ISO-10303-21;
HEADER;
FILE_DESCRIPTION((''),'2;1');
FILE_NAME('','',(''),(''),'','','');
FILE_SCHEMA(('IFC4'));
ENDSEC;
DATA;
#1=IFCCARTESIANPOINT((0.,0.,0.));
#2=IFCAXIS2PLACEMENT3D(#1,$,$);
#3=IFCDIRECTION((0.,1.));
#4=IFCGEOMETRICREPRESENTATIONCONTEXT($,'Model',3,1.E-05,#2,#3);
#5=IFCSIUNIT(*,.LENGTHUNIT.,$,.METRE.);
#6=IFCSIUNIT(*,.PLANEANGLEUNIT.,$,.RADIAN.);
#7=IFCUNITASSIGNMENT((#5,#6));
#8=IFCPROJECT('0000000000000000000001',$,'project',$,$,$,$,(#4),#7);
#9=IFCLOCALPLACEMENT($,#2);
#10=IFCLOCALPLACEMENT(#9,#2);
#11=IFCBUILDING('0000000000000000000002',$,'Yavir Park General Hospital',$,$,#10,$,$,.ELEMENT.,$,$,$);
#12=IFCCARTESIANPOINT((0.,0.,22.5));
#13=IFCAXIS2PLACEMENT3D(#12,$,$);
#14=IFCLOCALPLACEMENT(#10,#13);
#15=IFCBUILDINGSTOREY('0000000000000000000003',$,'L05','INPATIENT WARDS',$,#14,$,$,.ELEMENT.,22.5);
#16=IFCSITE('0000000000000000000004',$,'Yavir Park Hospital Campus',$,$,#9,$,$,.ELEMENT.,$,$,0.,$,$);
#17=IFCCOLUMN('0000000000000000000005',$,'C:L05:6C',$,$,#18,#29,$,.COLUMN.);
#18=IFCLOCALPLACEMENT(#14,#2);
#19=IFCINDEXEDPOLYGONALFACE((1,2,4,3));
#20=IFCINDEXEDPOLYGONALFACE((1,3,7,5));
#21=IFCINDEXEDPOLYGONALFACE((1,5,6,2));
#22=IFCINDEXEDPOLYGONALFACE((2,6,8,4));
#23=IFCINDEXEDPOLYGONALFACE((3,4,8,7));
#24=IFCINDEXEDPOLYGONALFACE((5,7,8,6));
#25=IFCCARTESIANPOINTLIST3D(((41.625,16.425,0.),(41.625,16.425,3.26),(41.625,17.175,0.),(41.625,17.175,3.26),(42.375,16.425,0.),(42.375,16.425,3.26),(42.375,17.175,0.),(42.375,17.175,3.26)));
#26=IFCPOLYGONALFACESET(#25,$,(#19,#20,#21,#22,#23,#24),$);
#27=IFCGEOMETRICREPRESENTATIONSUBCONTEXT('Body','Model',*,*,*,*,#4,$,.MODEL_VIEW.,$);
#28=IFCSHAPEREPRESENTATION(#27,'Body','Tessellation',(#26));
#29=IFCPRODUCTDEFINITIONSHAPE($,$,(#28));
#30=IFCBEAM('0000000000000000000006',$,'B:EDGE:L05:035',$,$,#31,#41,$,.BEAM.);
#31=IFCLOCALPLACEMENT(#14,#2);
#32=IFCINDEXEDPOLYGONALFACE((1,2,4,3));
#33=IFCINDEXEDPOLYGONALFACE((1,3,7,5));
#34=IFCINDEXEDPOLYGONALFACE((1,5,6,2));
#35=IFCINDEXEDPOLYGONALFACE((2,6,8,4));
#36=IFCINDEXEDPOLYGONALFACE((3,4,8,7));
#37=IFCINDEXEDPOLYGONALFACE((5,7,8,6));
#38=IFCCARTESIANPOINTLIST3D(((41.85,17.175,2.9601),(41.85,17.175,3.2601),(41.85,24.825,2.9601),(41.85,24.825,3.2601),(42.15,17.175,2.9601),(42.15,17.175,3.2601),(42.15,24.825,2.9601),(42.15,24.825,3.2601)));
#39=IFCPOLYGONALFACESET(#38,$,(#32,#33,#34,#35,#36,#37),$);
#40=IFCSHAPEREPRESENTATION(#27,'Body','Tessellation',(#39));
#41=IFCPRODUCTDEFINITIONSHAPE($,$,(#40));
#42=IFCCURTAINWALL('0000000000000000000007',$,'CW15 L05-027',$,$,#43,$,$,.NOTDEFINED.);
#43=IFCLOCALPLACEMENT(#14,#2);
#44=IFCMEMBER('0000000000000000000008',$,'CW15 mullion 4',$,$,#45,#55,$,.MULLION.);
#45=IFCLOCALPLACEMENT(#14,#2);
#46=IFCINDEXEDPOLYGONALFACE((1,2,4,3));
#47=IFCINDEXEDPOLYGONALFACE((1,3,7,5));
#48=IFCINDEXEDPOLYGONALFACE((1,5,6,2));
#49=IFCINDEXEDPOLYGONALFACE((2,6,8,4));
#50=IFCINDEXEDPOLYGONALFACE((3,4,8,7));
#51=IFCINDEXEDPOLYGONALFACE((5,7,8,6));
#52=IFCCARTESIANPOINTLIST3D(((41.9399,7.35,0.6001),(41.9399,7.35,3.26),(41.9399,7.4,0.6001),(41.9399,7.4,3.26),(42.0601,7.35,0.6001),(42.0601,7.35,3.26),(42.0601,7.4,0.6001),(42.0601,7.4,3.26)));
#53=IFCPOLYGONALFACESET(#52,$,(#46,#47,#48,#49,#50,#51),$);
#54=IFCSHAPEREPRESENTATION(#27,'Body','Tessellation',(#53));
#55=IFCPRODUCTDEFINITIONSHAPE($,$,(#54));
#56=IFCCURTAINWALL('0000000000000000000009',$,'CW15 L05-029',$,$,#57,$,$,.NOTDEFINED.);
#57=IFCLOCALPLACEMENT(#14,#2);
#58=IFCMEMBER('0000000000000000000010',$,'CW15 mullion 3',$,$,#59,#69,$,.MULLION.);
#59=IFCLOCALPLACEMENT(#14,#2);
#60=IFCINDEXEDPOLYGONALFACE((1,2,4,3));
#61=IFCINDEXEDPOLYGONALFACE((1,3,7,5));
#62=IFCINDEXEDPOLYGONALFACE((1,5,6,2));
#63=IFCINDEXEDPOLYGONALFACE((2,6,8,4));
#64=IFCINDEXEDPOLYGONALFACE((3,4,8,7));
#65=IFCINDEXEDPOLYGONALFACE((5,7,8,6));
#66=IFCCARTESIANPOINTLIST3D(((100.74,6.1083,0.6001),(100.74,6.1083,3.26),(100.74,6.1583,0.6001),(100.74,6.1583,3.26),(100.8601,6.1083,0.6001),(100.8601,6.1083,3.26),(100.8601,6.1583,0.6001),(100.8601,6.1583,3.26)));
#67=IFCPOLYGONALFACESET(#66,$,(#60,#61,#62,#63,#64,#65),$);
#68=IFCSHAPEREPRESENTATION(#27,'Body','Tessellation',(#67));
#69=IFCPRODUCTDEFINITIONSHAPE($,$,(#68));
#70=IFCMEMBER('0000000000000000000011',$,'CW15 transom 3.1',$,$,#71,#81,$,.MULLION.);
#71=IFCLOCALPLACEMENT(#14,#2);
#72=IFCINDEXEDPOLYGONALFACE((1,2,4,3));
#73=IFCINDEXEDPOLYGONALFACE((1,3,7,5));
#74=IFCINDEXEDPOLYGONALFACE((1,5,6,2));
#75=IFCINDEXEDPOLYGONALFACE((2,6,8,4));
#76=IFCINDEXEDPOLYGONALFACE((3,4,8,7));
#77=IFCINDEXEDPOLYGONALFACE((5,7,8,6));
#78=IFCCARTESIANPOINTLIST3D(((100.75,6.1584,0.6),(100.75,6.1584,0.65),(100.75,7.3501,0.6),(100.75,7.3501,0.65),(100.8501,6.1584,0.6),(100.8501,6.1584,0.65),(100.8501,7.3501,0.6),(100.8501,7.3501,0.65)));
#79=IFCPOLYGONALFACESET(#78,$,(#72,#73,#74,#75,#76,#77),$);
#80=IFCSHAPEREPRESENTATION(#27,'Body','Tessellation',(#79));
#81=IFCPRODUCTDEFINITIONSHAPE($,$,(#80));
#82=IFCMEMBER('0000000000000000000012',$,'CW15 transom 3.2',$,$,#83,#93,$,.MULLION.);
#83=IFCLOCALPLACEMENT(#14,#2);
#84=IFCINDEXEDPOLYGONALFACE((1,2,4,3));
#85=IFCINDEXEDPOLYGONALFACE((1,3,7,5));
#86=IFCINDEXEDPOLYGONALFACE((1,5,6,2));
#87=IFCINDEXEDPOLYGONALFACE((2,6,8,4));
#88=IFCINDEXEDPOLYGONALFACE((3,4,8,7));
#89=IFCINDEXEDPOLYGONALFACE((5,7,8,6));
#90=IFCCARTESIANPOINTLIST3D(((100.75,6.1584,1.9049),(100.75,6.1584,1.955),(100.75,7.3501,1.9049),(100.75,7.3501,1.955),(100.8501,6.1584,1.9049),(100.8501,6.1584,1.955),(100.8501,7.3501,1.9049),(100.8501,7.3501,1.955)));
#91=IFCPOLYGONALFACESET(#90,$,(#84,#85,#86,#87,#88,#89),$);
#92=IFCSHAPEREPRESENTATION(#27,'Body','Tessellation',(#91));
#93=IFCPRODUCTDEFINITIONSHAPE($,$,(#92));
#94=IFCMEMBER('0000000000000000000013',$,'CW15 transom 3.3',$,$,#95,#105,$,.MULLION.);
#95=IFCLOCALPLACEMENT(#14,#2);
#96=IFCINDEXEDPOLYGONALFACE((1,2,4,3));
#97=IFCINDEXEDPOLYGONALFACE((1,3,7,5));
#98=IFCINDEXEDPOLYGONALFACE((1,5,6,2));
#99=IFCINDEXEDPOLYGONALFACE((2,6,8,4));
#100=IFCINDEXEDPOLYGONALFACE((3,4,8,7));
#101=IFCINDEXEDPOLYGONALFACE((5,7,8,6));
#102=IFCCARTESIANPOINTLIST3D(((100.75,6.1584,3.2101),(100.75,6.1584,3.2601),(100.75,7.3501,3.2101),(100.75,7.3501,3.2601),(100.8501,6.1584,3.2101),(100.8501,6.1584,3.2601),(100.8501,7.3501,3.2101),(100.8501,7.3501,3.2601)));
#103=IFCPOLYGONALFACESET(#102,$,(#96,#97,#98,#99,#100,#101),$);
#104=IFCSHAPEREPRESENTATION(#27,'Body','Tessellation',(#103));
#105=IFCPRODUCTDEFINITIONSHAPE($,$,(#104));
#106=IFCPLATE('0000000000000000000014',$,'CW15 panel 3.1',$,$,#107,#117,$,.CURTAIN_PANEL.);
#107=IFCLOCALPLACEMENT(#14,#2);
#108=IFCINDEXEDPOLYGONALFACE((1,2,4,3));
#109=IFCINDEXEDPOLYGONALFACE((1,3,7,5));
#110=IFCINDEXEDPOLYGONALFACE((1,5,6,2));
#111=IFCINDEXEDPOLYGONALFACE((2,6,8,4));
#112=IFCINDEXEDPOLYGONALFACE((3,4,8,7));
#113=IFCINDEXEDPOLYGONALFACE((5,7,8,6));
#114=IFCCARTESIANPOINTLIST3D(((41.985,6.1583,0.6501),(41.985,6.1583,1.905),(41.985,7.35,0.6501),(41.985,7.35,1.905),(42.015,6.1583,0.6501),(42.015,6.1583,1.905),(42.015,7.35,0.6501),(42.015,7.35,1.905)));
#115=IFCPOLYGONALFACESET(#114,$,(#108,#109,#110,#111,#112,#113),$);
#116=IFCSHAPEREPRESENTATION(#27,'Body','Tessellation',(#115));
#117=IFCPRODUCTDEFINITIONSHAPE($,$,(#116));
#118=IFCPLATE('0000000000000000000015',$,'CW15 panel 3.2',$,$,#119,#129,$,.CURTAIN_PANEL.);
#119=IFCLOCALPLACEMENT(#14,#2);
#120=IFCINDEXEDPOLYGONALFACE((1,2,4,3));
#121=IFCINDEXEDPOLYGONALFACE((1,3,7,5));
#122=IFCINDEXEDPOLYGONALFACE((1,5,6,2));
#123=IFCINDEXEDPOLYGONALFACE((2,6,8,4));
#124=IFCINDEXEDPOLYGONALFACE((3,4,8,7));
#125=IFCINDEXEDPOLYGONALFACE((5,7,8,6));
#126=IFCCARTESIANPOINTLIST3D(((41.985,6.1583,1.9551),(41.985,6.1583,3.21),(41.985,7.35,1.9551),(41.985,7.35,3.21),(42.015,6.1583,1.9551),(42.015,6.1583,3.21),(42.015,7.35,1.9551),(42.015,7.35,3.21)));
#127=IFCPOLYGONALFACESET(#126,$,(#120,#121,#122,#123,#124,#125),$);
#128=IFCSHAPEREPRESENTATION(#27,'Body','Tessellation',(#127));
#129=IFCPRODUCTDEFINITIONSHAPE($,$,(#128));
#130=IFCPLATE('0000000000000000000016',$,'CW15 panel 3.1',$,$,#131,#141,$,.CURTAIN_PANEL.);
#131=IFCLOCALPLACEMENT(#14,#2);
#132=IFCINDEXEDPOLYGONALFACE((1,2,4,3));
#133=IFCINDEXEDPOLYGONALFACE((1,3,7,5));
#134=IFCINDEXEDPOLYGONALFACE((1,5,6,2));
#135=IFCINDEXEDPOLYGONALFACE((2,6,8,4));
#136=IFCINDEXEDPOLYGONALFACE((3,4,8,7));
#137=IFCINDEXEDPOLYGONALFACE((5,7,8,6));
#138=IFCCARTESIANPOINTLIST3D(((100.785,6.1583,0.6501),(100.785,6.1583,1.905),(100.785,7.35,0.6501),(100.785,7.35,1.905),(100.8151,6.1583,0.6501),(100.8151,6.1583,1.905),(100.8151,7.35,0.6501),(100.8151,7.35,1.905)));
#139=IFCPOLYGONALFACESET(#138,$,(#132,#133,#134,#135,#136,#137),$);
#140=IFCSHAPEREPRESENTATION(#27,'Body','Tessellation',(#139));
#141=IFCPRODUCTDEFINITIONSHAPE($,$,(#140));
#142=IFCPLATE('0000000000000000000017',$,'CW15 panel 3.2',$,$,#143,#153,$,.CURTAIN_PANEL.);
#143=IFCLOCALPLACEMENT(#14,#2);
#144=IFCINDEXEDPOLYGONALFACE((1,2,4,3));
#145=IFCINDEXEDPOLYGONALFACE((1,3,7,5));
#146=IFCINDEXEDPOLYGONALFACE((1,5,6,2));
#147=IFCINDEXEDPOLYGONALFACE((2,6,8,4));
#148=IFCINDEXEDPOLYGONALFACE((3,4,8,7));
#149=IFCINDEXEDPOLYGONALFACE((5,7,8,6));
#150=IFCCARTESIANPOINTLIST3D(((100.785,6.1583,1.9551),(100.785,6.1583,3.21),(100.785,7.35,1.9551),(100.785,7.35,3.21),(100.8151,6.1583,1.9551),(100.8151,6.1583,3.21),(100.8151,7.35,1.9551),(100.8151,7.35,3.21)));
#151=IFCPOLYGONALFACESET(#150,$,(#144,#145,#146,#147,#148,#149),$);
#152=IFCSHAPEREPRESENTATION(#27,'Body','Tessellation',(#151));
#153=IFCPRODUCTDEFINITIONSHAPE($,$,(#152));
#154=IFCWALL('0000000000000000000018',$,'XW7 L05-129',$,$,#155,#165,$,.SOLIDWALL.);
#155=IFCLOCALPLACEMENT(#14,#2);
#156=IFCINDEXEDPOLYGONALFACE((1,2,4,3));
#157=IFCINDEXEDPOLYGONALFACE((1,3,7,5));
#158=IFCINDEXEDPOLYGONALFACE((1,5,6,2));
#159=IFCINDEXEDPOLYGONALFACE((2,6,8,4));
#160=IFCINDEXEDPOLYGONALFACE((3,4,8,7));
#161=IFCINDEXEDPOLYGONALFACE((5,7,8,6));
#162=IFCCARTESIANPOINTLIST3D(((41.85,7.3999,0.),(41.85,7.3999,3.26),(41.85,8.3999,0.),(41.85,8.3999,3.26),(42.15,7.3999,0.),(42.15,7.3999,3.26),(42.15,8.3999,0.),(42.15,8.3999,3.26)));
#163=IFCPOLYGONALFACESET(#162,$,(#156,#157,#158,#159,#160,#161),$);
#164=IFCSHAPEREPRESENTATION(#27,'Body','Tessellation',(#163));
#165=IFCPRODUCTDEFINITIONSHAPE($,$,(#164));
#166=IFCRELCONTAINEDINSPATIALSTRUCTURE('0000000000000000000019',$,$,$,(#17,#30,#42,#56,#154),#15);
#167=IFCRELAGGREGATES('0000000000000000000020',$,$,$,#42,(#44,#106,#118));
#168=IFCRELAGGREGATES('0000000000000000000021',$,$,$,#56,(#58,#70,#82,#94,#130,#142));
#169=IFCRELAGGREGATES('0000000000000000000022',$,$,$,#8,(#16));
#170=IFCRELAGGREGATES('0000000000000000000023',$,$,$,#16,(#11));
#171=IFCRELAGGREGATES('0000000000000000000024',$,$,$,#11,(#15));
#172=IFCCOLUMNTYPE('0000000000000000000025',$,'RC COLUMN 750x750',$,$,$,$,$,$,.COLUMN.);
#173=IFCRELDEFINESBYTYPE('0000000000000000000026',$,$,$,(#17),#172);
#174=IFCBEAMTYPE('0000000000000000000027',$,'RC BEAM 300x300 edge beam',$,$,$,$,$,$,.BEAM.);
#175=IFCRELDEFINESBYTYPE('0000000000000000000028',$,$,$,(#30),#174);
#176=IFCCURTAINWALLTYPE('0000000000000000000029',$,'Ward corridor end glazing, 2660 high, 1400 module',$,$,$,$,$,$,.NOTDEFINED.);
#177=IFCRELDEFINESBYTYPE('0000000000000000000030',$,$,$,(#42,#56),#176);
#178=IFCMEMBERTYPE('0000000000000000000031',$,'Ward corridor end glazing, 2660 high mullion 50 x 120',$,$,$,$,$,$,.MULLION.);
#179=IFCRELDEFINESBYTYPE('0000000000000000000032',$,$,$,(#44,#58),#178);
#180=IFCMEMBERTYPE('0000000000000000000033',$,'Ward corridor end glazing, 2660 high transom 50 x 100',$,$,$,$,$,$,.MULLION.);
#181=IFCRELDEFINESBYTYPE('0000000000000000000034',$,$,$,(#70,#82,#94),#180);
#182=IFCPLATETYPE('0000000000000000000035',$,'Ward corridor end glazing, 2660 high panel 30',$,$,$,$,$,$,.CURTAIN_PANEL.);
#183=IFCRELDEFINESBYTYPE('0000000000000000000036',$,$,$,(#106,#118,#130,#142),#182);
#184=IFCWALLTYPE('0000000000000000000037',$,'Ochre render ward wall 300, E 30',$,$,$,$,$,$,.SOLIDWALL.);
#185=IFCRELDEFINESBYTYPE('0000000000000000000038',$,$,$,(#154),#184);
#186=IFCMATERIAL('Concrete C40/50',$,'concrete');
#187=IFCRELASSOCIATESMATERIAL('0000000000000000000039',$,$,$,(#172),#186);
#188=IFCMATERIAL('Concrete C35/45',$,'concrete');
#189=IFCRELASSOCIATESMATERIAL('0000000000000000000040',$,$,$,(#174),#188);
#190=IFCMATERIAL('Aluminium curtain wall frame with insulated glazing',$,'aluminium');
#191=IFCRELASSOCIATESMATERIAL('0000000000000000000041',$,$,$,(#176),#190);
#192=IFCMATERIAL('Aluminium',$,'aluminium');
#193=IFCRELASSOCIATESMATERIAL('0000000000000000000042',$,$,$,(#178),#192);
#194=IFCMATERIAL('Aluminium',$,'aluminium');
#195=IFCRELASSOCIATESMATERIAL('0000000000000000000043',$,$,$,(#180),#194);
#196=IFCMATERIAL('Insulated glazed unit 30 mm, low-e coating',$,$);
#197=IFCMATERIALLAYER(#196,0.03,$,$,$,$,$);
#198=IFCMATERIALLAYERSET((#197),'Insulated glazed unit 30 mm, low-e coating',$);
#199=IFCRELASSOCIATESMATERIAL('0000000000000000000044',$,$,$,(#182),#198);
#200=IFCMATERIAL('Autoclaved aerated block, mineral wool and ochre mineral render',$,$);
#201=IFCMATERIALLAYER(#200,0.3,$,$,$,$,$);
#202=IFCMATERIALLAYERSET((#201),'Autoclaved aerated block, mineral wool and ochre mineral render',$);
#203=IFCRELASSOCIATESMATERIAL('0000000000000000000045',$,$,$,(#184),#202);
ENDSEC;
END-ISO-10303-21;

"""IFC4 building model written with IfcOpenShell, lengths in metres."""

from ifc_helpers import new_model, si_unit, direction, frame, frame_2d, origin, origin_2d, place, context, subcontext, project, spatial, rectangle, extrude, material, layer, layer_set, material_profile, profile_set, type_object, element, aggregate, save


model = new_model("IFC4")

# Units and contexts
model_context = context("Model", 3, precision=1e-05, world=origin(), true_north=direction((0.0, 1.0)))
body_context = subcontext(model_context, "Body", "Model", "MODEL_VIEW")
ifc_project = project(units=[si_unit("LENGTHUNIT", "METRE"), si_unit("PLANEANGLEUNIT", "RADIAN")], contexts=[model_context])

# Site, building, storey
site_placement = place(None, origin())
site = spatial("IfcSite", under=ifc_project, at=site_placement, Name="Yavir Park Hospital Campus", CompositionType="ELEMENT", RefElevation=0.0)
building_placement = place(site_placement, origin())
building = spatial("IfcBuilding", under=site, at=building_placement, Name="Yavir Park General Hospital", CompositionType="ELEMENT")
storey_placement = place(building_placement, frame((0.0, 0.0, 22.5)))
storey = spatial("IfcBuildingStorey", under=building, at=storey_placement, Name="L05", Description="INPATIENT WARDS", CompositionType="ELEMENT", Elevation=22.5)

# Column
ifc_material_1 = material(Name="Concrete C40/50", Category="concrete")
ifc_material_profile_1 = material_profile(ifc_material_1, rectangle(XDim=0.75, YDim=0.75, at=origin_2d()), Name="RC750x750")
ifc_profile_set_1 = profile_set([ifc_material_profile_1], Name="Concrete C40/50")
column_type = type_object("IfcColumnType", Name="RC COLUMN 750x750", PredefinedType="COLUMN", material=ifc_profile_set_1)
column_placement = place(storey_placement, frame((42.0, 16.8, 0.0), z_axis=(0.0, 0.0, 1.0), x_axis=(1.0, 0.0, 0.0)))
element("IfcColumn", 1, at=column_placement, inside=storey, type_object=column_type, Name="C:L05:6C", PredefinedType="COLUMN", context=body_context, shape_type="SweptSolid", body=[
    extrude(rectangle(XDim=0.75, YDim=0.75, at=origin_2d()), origin(), (0.0, 0.0, 1.0), 3.26),
])

# Beam
ifc_material_2 = material(Name="Concrete C35/45", Category="concrete")
ifc_material_profile_2 = material_profile(ifc_material_2, rectangle(XDim=0.3, YDim=0.3, at=origin_2d()), Name="RC300x300")
ifc_profile_set_2 = profile_set([ifc_material_profile_2], Name="Concrete C35/45")
beam_type = type_object("IfcBeamType", Name="RC BEAM 300x300 edge beam", PredefinedType="BEAM", material=ifc_profile_set_2)
beam_placement = place(storey_placement, frame((42.0, 17.175, 3.1101), z_axis=(0.0, 1.0, 0.0), x_axis=(-1.0, 0.0, 0.0)))
element("IfcBeam", 2, at=beam_placement, inside=storey, type_object=beam_type, Name="B:EDGE:L05:035", PredefinedType="BEAM", context=body_context, shape_type="SweptSolid", body=[
    extrude(rectangle(XDim=0.3, YDim=0.3, at=origin_2d()), origin(), (0.0, 0.0, 1.0), 7.6499),
])

# Curtain wall, member
ifc_material_3 = material(Name="Aluminium curtain wall frame with insulated glazing", Category="aluminium")
curtain_wall_type = type_object("IfcCurtainWallType", Name="Ward corridor end glazing, 2660 high, 1400 module", PredefinedType="NOTDEFINED", material=ifc_material_3)
curtain_wall_1_placement = place(storey_placement, origin())
curtain_wall_1 = element("IfcCurtainWall", 3, at=curtain_wall_1_placement, inside=storey, type_object=curtain_wall_type, Name="CW15 L05-027", PredefinedType="NOTDEFINED")
ifc_material_4 = material(Name="Aluminium", Category="aluminium")
ifc_material_profile_3 = material_profile(ifc_material_4, rectangle(XDim=0.1201, YDim=0.05, at=origin_2d()), Name="AL 50x120")
ifc_profile_set_3 = profile_set([ifc_material_profile_3], Name="Aluminium")
member_type_1 = type_object("IfcMemberType", Name="Ward corridor end glazing, 2660 high mullion 50 x 120", PredefinedType="MULLION", material=ifc_profile_set_3)
member_1_placement = place(storey_placement, frame((42.0, 7.375, 0.6001), z_axis=(0.0, 0.0, 1.0), x_axis=(-1.0, 0.0, 0.0)))
member_1 = element("IfcMember", 4, at=member_1_placement, type_object=member_type_1, Name="CW15 mullion 4", PredefinedType="MULLION", context=body_context, shape_type="SweptSolid", body=[
    extrude(rectangle(XDim=0.1201, YDim=0.05, at=origin_2d()), origin(), (0.0, 0.0, 1.0), 2.6599),
])

# Curtain wall, members
curtain_wall_2_placement = place(storey_placement, origin())
curtain_wall_2 = element("IfcCurtainWall", 5, at=curtain_wall_2_placement, inside=storey, type_object=curtain_wall_type, Name="CW15 L05-029", PredefinedType="NOTDEFINED")
member_2_placement = place(storey_placement, frame((100.8, 6.1333, 0.6001), z_axis=(0.0, 0.0, 1.0), x_axis=(-1.0, 0.0, 0.0)))
member_2 = element("IfcMember", 6, at=member_2_placement, type_object=member_type_1, Name="CW15 mullion 3", PredefinedType="MULLION", context=body_context, shape_type="SweptSolid", body=[
    extrude(rectangle(XDim=0.1201, YDim=0.05, at=origin_2d()), origin(), (0.0, 0.0, 1.0), 2.6599),
])
ifc_material_5 = material(Name="Aluminium", Category="aluminium")
ifc_material_profile_4 = material_profile(ifc_material_5, rectangle(XDim=0.1001, YDim=0.05, at=origin_2d()), Name="AL 100x50")
ifc_profile_set_4 = profile_set([ifc_material_profile_4], Name="Aluminium")
member_type_2 = type_object("IfcMemberType", Name="Ward corridor end glazing, 2660 high transom 50 x 100", PredefinedType="MULLION", material=ifc_profile_set_4)
member_3_placement = place(storey_placement, frame((100.8, 6.1584, 0.625), z_axis=(0.0, 1.0, 0.0), x_axis=(-1.0, 0.0, 0.0)))
member_3 = element("IfcMember", 7, at=member_3_placement, type_object=member_type_2, Name="CW15 transom 3.1", PredefinedType="MULLION", context=body_context, shape_type="SweptSolid", body=[
    extrude(rectangle(XDim=0.1001, YDim=0.05, at=origin_2d()), origin(), (0.0, 0.0, 1.0), 1.1917),
])
member_4_placement = place(storey_placement, frame((100.8, 6.1584, 1.9299), z_axis=(0.0, 1.0, 0.0), x_axis=(-1.0, 0.0, 0.0)))
member_4 = element("IfcMember", 8, at=member_4_placement, type_object=member_type_2, Name="CW15 transom 3.2", PredefinedType="MULLION", context=body_context, shape_type="SweptSolid", body=[
    extrude(rectangle(XDim=0.1001, YDim=0.05, at=origin_2d()), origin(), (0.0, 0.0, 1.0), 1.1917),
])
member_5_placement = place(storey_placement, frame((100.8, 6.1584, 3.2351), z_axis=(0.0, 1.0, 0.0), x_axis=(-1.0, 0.0, 0.0)))
member_5 = element("IfcMember", 9, at=member_5_placement, type_object=member_type_2, Name="CW15 transom 3.3", PredefinedType="MULLION", context=body_context, shape_type="SweptSolid", body=[
    extrude(rectangle(XDim=0.1001, YDim=0.05, at=origin_2d()), origin(), (0.0, 0.0, 1.0), 1.1917),
])

# Plates
ifc_material_6 = material(Name="Insulated glazed unit 30 mm, low-e coating")
ifc_layer_1 = layer(ifc_material_6, 0.03)
ifc_layer_set_1 = layer_set([ifc_layer_1], Name="Insulated glazed unit 30 mm, low-e coating")
plate_type = type_object("IfcPlateType", Name="Ward corridor end glazing, 2660 high panel 30", PredefinedType="CURTAIN_PANEL", material=ifc_layer_set_1)
plate_1_placement = place(storey_placement, frame((42.0, 6.7542, 0.6501), z_axis=(0.0, 0.0, 1.0), x_axis=(0.0, 1.0, 0.0)))
plate_1 = element("IfcPlate", 10, at=plate_1_placement, type_object=plate_type, Name="CW15 panel 3.1", PredefinedType="CURTAIN_PANEL", context=body_context, shape_type="SweptSolid", body=[
    extrude(rectangle(XDim=1.1917, YDim=0.03, at=origin_2d()), origin(), (0.0, 0.0, 1.0), 1.2549),
])
plate_2_placement = place(storey_placement, frame((42.0, 6.7542, 1.9551), z_axis=(0.0, 0.0, 1.0), x_axis=(0.0, 1.0, 0.0)))
plate_2 = element("IfcPlate", 11, at=plate_2_placement, type_object=plate_type, Name="CW15 panel 3.2", PredefinedType="CURTAIN_PANEL", context=body_context, shape_type="SweptSolid", body=[
    extrude(rectangle(XDim=1.1917, YDim=0.03, at=origin_2d()), origin(), (0.0, 0.0, 1.0), 1.2549),
])
aggregate(curtain_wall_1, [member_1, plate_1, plate_2])
plate_3_placement = place(storey_placement, frame((100.8, 6.7542, 0.6501), z_axis=(0.0, 0.0, 1.0), x_axis=(0.0, 1.0, 0.0)))
plate_3 = element("IfcPlate", 12, at=plate_3_placement, type_object=plate_type, Name="CW15 panel 3.1", PredefinedType="CURTAIN_PANEL", context=body_context, shape_type="SweptSolid", body=[
    extrude(rectangle(XDim=1.1917, YDim=0.03, at=origin_2d()), origin(), (0.0, 0.0, 1.0), 1.2549),
])
plate_4_placement = place(storey_placement, frame((100.8, 6.7542, 1.9551), z_axis=(0.0, 0.0, 1.0), x_axis=(0.0, 1.0, 0.0)))
plate_4 = element("IfcPlate", 13, at=plate_4_placement, type_object=plate_type, Name="CW15 panel 3.2", PredefinedType="CURTAIN_PANEL", context=body_context, shape_type="SweptSolid", body=[
    extrude(rectangle(XDim=1.1917, YDim=0.03, at=origin_2d()), origin(), (0.0, 0.0, 1.0), 1.2549),
])
aggregate(curtain_wall_2, [member_2, member_3, member_4, member_5, plate_3, plate_4])

# Wall
ifc_material_7 = material(Name="Autoclaved aerated block, mineral wool and ochre mineral render")
ifc_layer_2 = layer(ifc_material_7, 0.3)
ifc_layer_set_2 = layer_set([ifc_layer_2], Name="Autoclaved aerated block, mineral wool and ochre mineral render")
wall_type = type_object("IfcWallType", Name="Ochre render ward wall 300, E 30", PredefinedType="SOLIDWALL", material=ifc_layer_set_2)
wall_1_placement = place(storey_placement, frame((42.0, 7.3999, 0.0), z_axis=(0.0, 0.0, 1.0), x_axis=(0.0, 1.0, 0.0)))
element("IfcWall", 14, at=wall_1_placement, inside=storey, type_object=wall_type, Name="XW7 L05-129", PredefinedType="SOLIDWALL", context=body_context, shape_type="SweptSolid", body=[
    extrude(rectangle(XDim=1.0, YDim=0.3, at=frame_2d((0.5, 0.0))), origin(), (0.0, 0.0, 1.0), 3.26),
])

save(model, "model.ifc")
